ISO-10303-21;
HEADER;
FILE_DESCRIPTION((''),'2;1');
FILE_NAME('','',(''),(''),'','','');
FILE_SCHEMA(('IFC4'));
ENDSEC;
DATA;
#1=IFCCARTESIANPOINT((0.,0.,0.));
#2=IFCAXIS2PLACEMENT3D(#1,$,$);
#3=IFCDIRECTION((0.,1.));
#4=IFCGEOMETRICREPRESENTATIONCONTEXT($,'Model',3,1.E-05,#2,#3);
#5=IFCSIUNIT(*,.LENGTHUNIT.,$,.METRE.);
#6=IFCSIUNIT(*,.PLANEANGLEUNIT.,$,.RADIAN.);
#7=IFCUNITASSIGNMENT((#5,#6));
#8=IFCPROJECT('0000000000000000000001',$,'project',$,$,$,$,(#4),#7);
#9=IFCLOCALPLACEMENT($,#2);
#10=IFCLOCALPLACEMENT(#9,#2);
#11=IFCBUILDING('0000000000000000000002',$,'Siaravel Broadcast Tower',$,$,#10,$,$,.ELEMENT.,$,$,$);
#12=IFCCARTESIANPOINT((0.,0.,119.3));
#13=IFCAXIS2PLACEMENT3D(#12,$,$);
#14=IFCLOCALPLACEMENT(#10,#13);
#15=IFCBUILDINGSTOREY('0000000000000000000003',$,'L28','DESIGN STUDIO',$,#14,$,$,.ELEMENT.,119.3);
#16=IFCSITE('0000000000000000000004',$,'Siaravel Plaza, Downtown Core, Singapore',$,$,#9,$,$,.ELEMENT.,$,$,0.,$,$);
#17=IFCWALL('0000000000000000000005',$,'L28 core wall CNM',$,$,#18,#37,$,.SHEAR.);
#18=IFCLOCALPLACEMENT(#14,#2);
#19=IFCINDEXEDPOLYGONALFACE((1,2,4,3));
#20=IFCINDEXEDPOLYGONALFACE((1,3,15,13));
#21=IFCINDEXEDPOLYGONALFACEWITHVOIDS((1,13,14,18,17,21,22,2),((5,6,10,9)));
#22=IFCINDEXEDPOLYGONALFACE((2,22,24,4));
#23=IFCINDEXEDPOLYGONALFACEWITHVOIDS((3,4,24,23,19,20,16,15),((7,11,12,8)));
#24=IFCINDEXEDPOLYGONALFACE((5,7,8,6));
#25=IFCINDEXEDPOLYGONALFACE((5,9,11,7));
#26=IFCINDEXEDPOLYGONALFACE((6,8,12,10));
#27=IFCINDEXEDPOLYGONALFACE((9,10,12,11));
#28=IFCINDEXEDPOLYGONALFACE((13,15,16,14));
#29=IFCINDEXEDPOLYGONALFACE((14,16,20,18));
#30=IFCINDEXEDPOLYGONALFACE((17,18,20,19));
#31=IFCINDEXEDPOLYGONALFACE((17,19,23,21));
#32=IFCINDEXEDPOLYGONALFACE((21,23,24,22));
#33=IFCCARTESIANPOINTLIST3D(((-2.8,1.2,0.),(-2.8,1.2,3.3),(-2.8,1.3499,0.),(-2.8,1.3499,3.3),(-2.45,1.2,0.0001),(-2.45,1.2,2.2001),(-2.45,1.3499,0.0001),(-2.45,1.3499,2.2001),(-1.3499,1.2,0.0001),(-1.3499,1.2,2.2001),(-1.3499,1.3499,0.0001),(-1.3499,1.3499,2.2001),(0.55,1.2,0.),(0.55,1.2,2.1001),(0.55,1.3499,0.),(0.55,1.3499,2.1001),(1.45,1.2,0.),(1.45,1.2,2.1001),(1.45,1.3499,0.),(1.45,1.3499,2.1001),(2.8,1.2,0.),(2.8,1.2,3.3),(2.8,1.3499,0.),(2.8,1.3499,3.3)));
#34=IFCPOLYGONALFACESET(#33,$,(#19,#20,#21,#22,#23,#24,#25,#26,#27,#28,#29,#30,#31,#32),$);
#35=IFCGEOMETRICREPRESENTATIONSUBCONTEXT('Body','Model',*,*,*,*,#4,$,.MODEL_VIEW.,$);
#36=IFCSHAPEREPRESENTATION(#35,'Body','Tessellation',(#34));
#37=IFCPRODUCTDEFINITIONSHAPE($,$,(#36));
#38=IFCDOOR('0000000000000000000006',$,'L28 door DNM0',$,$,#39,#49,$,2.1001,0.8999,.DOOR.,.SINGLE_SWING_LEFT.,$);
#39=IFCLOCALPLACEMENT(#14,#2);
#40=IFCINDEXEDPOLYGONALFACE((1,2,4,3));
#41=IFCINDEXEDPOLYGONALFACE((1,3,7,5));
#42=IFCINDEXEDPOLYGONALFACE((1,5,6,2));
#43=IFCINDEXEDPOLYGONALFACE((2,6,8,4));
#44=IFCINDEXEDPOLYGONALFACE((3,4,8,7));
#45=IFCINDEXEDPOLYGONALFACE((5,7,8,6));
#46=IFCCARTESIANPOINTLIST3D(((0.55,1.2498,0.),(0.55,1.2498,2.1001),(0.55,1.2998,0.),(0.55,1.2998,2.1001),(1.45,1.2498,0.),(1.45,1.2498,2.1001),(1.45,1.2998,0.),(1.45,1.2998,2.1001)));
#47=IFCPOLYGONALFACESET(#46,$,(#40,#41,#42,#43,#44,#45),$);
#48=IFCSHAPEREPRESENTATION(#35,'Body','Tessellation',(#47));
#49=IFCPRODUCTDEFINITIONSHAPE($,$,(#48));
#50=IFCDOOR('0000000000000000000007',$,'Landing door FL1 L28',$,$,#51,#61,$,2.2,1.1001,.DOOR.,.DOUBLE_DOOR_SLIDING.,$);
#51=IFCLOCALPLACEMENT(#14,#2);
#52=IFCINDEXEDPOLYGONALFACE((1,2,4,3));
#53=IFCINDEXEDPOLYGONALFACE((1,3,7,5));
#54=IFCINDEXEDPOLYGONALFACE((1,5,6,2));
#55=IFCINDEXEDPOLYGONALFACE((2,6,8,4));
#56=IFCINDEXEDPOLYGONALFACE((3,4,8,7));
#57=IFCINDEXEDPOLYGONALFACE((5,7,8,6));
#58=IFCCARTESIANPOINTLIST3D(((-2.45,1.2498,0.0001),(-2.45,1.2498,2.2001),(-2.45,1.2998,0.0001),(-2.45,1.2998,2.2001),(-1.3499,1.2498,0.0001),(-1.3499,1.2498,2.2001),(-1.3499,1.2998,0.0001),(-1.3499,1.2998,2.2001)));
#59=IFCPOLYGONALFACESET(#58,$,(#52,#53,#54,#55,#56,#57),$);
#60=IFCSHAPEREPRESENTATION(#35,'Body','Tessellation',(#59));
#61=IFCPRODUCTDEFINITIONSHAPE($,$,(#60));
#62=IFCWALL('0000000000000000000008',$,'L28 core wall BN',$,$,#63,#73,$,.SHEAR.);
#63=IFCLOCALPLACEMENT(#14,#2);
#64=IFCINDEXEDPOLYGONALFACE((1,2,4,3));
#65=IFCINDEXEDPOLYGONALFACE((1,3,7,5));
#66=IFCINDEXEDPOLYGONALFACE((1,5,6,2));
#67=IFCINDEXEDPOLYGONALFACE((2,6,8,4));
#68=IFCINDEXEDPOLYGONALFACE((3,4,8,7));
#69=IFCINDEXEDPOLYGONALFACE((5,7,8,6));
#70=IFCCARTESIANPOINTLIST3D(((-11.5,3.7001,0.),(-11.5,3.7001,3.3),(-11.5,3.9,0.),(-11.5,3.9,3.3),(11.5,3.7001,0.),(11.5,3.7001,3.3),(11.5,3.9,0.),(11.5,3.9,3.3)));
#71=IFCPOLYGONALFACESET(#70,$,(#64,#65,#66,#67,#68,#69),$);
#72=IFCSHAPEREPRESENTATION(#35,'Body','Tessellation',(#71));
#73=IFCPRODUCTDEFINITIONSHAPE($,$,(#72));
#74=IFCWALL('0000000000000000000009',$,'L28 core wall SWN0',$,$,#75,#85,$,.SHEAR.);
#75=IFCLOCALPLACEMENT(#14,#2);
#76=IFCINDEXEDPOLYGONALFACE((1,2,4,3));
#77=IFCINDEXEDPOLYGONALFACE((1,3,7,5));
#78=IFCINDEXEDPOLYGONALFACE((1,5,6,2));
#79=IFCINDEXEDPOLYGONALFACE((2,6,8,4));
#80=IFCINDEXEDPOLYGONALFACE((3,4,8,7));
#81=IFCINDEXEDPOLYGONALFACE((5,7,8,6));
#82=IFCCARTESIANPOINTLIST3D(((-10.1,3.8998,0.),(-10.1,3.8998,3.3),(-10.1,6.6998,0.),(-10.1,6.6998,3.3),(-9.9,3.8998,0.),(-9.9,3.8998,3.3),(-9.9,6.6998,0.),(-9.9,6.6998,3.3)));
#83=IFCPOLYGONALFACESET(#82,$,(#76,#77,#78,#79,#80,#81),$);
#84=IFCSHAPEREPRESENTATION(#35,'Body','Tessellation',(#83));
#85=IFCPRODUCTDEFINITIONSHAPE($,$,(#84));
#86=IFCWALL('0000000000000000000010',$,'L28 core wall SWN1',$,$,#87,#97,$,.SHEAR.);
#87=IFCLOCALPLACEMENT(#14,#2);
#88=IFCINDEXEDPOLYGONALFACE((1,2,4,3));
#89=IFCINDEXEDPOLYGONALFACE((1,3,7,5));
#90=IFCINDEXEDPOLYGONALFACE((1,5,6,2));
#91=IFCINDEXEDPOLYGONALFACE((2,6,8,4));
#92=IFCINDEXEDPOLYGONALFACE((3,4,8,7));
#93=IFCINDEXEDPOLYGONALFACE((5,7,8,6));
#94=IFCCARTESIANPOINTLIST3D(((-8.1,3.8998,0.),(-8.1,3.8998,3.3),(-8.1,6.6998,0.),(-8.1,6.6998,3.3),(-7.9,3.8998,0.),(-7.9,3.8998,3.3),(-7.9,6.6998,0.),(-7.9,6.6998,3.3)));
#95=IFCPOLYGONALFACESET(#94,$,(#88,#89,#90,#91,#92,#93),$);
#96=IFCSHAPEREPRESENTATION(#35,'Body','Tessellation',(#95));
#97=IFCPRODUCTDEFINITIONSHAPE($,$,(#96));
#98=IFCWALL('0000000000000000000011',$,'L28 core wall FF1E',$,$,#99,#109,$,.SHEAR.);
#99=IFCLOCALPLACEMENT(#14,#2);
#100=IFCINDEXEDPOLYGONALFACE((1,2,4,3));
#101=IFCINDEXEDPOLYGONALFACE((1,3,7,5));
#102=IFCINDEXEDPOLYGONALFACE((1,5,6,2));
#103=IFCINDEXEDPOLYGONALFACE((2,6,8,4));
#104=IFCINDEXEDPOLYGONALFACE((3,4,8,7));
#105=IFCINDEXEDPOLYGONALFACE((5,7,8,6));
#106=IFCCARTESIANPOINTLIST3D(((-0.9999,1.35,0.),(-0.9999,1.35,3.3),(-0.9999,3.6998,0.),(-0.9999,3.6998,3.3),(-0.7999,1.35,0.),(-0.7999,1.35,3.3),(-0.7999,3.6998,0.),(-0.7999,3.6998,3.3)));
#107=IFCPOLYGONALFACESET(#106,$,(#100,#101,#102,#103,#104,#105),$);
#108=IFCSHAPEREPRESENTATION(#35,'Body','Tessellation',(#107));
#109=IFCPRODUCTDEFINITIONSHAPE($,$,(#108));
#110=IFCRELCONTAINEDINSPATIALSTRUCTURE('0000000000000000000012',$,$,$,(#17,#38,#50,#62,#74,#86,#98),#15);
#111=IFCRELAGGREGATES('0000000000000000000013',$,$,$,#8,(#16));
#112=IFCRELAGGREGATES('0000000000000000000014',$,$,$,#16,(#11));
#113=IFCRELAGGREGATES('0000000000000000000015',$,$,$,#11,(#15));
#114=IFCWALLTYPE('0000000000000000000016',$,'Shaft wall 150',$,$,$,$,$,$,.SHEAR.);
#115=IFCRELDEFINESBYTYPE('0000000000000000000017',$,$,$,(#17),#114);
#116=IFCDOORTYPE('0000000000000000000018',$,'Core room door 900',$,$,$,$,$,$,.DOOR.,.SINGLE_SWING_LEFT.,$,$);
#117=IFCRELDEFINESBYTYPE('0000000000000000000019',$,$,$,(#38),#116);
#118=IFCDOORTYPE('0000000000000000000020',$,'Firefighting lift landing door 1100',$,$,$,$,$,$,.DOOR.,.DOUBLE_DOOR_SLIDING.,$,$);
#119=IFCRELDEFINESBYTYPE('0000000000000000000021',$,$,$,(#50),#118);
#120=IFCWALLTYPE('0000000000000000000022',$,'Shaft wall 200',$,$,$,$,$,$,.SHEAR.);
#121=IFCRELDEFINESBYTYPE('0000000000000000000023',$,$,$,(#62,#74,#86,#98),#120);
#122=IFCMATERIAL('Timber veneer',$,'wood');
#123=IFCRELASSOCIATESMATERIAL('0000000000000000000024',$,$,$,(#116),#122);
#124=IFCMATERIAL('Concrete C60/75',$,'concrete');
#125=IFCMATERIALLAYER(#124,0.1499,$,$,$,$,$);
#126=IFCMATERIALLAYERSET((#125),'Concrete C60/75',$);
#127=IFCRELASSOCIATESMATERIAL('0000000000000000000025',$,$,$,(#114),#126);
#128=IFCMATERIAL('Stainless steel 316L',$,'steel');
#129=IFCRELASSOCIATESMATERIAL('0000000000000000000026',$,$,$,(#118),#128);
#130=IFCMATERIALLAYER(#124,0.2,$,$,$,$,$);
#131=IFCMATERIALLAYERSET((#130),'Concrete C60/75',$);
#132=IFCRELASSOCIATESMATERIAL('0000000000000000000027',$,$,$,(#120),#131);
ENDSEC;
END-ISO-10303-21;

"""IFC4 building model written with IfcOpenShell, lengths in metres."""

from ifc_helpers import new_model, si_unit, direction, frame, frame_2d, origin, place, context, subcontext, project, spatial, rectangle, extrude, material, layer, layer_set, type_object, element, fill, save


model = new_model("IFC4")

# Units and contexts
model_context = context("Model", 3, precision=1e-05, world=origin(), true_north=direction((0.0, 1.0)))
body_context = subcontext(model_context, "Body", "Model", "MODEL_VIEW")
ifc_project = project(units=[si_unit("LENGTHUNIT", "METRE"), si_unit("PLANEANGLEUNIT", "RADIAN")], contexts=[model_context])

# Site, building, storey
site_placement = place(None, origin())
site = spatial("IfcSite", under=ifc_project, at=site_placement, Name="Siaravel Plaza, Downtown Core, Singapore", CompositionType="ELEMENT", RefElevation=0.0)
building_placement = place(site_placement, origin())
building = spatial("IfcBuilding", under=site, at=building_placement, Name="Siaravel Broadcast Tower", CompositionType="ELEMENT")
storey_placement = place(building_placement, frame((0.0, 0.0, 119.3)))
storey = spatial("IfcBuildingStorey", under=building, at=storey_placement, Name="L28", Description="DESIGN STUDIO", CompositionType="ELEMENT", Elevation=119.3)

# Shared definitions
ifc_material_1 = material(Name="Timber veneer", Category="wood")
door_type_1 = type_object("IfcDoorType", Name="Core room door 900", OperationType="SINGLE_SWING_LEFT", PredefinedType="DOOR", material=ifc_material_1)

# Wall, openings, doors
ifc_material_2 = material(Name="Concrete C60/75", Category="concrete")
ifc_layer_1 = layer(ifc_material_2, 0.1499)
ifc_layer_set_1 = layer_set([ifc_layer_1], Name="Concrete C60/75")
wall_type_1 = type_object("IfcWallType", Name="Shaft wall 150", PredefinedType="SHEAR", material=ifc_layer_set_1)
wall_1_placement = place(storey_placement, frame((-2.8, 1.2749, 0.0), z_axis=(0.0, 0.0, 1.0), x_axis=(1.0, 0.0, 0.0)))
wall_1 = element("IfcWall", 1, at=wall_1_placement, inside=storey, type_object=wall_type_1, Name="L28 core wall CNM", PredefinedType="SHEAR", context=body_context, shape_type="SweptSolid", body=[
    extrude(rectangle(XDim=5.6001, YDim=0.1499, at=frame_2d((2.8, 0.0))), origin(), (0.0, 0.0, 1.0), 3.3),
])
opening_1_placement = place(wall_1_placement, frame((0.3501, 0.0, 0.0)))
opening_1 = element("IfcOpeningElement", 2, at=opening_1_placement, cuts=wall_1, PredefinedType="OPENING", context=body_context, shape_type="SweptSolid", body=[
    extrude(rectangle(XDim=1.1001, YDim=2.2, at=frame_2d((0.55, 1.1001))), frame((0.0, 0.085, 0.0), z_axis=(0.0, -1.0, 0.0), x_axis=(1.0, 0.0, 0.0)), (0.0, 0.0, 1.0), 0.1699),
])
opening_2_placement = place(wall_1_placement, frame((3.3501, 0.0, 0.0)))
opening_2 = element("IfcOpeningElement", 3, at=opening_2_placement, cuts=wall_1, PredefinedType="OPENING", context=body_context, shape_type="SweptSolid", body=[
    extrude(rectangle(XDim=0.8999, YDim=2.1001, at=frame_2d((0.45, 1.05))), frame((0.0, 0.085, 0.0), z_axis=(0.0, -1.0, 0.0), x_axis=(1.0, 0.0, 0.0)), (0.0, 0.0, 1.0), 0.1699),
])
door_1_placement = place(opening_2_placement, origin())
door_1 = element("IfcDoor", 4, at=door_1_placement, inside=storey, type_object=door_type_1, Name="L28 door DNM0", OperationType="SINGLE_SWING_LEFT", OverallHeight=2.1001, OverallWidth=0.8999, PredefinedType="DOOR", context=body_context, shape_type="SweptSolid", body=[
    extrude(rectangle(XDim=0.8999, YDim=2.1001, at=frame_2d((0.45, 1.05))), frame((0.0, 0.0249, 0.0), z_axis=(0.0, -1.0, 0.0), x_axis=(1.0, 0.0, 0.0)), (0.0, 0.0, 1.0), 0.05),
])
fill(opening_2, door_1)
ifc_material_3 = material(Name="Stainless steel 316L", Category="steel")
door_type_2 = type_object("IfcDoorType", Name="Firefighting lift landing door 1100", OperationType="DOUBLE_DOOR_SLIDING", PredefinedType="DOOR", material=ifc_material_3)
door_2_placement = place(opening_1_placement, origin())
door_2 = element("IfcDoor", 5, at=door_2_placement, inside=storey, type_object=door_type_2, Name="Landing door FL1 L28", OperationType="DOUBLE_DOOR_SLIDING", OverallHeight=2.2, OverallWidth=1.1001, PredefinedType="DOOR", context=body_context, shape_type="SweptSolid", body=[
    extrude(rectangle(XDim=1.1001, YDim=2.2, at=frame_2d((0.55, 1.1001))), frame((0.0, 0.0249, 0.0), z_axis=(0.0, -1.0, 0.0), x_axis=(1.0, 0.0, 0.0)), (0.0, 0.0, 1.0), 0.05),
])
fill(opening_1, door_2)

# Walls
ifc_layer_2 = layer(ifc_material_2, 0.2)
ifc_layer_set_2 = layer_set([ifc_layer_2], Name="Concrete C60/75")
wall_type_2 = type_object("IfcWallType", Name="Shaft wall 200", PredefinedType="SHEAR", material=ifc_layer_set_2)
wall_2_placement = place(storey_placement, frame((-11.5, 3.8, 0.0), z_axis=(0.0, 0.0, 1.0), x_axis=(1.0, 0.0, 0.0)))
element("IfcWall", 6, at=wall_2_placement, inside=storey, type_object=wall_type_2, Name="L28 core wall BN", PredefinedType="SHEAR", context=body_context, shape_type="SweptSolid", body=[
    extrude(rectangle(XDim=23.0, YDim=0.2, at=frame_2d((11.5, 0.0))), origin(), (0.0, 0.0, 1.0), 3.3),
])
for number, where, z_axis, x_axis, name in (
    (7, (-10.0, 3.8999, 0.0), (0.0, 0.0, 1.0), (0.0, 1.0, 0.0), "L28 core wall SWN0"),
    (8, (-8.0, 3.8999, 0.0), (0.0, 0.0, 1.0), (0.0, 1.0, 0.0), "L28 core wall SWN1"),
):
    element("IfcWall", number, at=place(storey_placement, frame(where, z_axis=z_axis, x_axis=x_axis)), inside=storey, type_object=wall_type_2, Name=name, PredefinedType="SHEAR", context=body_context, shape_type="SweptSolid", body=[
        extrude(rectangle(XDim=2.8, YDim=0.2, at=frame_2d((1.3999, 0.0))), origin(), (0.0, 0.0, 1.0), 3.3),
    ])
wall_3_placement = place(storey_placement, frame((-0.8999, 1.3501, 0.0), z_axis=(0.0, 0.0, 1.0), x_axis=(0.0, 1.0, 0.0)))
element("IfcWall", 9, at=wall_3_placement, inside=storey, type_object=wall_type_2, Name="L28 core wall FF1E", PredefinedType="SHEAR", context=body_context, shape_type="SweptSolid", body=[
    extrude(rectangle(XDim=2.3499, YDim=0.2, at=frame_2d((1.1748, 0.0))), origin(), (0.0, 0.0, 1.0), 3.3),
])

save(model, "model.ifc")
